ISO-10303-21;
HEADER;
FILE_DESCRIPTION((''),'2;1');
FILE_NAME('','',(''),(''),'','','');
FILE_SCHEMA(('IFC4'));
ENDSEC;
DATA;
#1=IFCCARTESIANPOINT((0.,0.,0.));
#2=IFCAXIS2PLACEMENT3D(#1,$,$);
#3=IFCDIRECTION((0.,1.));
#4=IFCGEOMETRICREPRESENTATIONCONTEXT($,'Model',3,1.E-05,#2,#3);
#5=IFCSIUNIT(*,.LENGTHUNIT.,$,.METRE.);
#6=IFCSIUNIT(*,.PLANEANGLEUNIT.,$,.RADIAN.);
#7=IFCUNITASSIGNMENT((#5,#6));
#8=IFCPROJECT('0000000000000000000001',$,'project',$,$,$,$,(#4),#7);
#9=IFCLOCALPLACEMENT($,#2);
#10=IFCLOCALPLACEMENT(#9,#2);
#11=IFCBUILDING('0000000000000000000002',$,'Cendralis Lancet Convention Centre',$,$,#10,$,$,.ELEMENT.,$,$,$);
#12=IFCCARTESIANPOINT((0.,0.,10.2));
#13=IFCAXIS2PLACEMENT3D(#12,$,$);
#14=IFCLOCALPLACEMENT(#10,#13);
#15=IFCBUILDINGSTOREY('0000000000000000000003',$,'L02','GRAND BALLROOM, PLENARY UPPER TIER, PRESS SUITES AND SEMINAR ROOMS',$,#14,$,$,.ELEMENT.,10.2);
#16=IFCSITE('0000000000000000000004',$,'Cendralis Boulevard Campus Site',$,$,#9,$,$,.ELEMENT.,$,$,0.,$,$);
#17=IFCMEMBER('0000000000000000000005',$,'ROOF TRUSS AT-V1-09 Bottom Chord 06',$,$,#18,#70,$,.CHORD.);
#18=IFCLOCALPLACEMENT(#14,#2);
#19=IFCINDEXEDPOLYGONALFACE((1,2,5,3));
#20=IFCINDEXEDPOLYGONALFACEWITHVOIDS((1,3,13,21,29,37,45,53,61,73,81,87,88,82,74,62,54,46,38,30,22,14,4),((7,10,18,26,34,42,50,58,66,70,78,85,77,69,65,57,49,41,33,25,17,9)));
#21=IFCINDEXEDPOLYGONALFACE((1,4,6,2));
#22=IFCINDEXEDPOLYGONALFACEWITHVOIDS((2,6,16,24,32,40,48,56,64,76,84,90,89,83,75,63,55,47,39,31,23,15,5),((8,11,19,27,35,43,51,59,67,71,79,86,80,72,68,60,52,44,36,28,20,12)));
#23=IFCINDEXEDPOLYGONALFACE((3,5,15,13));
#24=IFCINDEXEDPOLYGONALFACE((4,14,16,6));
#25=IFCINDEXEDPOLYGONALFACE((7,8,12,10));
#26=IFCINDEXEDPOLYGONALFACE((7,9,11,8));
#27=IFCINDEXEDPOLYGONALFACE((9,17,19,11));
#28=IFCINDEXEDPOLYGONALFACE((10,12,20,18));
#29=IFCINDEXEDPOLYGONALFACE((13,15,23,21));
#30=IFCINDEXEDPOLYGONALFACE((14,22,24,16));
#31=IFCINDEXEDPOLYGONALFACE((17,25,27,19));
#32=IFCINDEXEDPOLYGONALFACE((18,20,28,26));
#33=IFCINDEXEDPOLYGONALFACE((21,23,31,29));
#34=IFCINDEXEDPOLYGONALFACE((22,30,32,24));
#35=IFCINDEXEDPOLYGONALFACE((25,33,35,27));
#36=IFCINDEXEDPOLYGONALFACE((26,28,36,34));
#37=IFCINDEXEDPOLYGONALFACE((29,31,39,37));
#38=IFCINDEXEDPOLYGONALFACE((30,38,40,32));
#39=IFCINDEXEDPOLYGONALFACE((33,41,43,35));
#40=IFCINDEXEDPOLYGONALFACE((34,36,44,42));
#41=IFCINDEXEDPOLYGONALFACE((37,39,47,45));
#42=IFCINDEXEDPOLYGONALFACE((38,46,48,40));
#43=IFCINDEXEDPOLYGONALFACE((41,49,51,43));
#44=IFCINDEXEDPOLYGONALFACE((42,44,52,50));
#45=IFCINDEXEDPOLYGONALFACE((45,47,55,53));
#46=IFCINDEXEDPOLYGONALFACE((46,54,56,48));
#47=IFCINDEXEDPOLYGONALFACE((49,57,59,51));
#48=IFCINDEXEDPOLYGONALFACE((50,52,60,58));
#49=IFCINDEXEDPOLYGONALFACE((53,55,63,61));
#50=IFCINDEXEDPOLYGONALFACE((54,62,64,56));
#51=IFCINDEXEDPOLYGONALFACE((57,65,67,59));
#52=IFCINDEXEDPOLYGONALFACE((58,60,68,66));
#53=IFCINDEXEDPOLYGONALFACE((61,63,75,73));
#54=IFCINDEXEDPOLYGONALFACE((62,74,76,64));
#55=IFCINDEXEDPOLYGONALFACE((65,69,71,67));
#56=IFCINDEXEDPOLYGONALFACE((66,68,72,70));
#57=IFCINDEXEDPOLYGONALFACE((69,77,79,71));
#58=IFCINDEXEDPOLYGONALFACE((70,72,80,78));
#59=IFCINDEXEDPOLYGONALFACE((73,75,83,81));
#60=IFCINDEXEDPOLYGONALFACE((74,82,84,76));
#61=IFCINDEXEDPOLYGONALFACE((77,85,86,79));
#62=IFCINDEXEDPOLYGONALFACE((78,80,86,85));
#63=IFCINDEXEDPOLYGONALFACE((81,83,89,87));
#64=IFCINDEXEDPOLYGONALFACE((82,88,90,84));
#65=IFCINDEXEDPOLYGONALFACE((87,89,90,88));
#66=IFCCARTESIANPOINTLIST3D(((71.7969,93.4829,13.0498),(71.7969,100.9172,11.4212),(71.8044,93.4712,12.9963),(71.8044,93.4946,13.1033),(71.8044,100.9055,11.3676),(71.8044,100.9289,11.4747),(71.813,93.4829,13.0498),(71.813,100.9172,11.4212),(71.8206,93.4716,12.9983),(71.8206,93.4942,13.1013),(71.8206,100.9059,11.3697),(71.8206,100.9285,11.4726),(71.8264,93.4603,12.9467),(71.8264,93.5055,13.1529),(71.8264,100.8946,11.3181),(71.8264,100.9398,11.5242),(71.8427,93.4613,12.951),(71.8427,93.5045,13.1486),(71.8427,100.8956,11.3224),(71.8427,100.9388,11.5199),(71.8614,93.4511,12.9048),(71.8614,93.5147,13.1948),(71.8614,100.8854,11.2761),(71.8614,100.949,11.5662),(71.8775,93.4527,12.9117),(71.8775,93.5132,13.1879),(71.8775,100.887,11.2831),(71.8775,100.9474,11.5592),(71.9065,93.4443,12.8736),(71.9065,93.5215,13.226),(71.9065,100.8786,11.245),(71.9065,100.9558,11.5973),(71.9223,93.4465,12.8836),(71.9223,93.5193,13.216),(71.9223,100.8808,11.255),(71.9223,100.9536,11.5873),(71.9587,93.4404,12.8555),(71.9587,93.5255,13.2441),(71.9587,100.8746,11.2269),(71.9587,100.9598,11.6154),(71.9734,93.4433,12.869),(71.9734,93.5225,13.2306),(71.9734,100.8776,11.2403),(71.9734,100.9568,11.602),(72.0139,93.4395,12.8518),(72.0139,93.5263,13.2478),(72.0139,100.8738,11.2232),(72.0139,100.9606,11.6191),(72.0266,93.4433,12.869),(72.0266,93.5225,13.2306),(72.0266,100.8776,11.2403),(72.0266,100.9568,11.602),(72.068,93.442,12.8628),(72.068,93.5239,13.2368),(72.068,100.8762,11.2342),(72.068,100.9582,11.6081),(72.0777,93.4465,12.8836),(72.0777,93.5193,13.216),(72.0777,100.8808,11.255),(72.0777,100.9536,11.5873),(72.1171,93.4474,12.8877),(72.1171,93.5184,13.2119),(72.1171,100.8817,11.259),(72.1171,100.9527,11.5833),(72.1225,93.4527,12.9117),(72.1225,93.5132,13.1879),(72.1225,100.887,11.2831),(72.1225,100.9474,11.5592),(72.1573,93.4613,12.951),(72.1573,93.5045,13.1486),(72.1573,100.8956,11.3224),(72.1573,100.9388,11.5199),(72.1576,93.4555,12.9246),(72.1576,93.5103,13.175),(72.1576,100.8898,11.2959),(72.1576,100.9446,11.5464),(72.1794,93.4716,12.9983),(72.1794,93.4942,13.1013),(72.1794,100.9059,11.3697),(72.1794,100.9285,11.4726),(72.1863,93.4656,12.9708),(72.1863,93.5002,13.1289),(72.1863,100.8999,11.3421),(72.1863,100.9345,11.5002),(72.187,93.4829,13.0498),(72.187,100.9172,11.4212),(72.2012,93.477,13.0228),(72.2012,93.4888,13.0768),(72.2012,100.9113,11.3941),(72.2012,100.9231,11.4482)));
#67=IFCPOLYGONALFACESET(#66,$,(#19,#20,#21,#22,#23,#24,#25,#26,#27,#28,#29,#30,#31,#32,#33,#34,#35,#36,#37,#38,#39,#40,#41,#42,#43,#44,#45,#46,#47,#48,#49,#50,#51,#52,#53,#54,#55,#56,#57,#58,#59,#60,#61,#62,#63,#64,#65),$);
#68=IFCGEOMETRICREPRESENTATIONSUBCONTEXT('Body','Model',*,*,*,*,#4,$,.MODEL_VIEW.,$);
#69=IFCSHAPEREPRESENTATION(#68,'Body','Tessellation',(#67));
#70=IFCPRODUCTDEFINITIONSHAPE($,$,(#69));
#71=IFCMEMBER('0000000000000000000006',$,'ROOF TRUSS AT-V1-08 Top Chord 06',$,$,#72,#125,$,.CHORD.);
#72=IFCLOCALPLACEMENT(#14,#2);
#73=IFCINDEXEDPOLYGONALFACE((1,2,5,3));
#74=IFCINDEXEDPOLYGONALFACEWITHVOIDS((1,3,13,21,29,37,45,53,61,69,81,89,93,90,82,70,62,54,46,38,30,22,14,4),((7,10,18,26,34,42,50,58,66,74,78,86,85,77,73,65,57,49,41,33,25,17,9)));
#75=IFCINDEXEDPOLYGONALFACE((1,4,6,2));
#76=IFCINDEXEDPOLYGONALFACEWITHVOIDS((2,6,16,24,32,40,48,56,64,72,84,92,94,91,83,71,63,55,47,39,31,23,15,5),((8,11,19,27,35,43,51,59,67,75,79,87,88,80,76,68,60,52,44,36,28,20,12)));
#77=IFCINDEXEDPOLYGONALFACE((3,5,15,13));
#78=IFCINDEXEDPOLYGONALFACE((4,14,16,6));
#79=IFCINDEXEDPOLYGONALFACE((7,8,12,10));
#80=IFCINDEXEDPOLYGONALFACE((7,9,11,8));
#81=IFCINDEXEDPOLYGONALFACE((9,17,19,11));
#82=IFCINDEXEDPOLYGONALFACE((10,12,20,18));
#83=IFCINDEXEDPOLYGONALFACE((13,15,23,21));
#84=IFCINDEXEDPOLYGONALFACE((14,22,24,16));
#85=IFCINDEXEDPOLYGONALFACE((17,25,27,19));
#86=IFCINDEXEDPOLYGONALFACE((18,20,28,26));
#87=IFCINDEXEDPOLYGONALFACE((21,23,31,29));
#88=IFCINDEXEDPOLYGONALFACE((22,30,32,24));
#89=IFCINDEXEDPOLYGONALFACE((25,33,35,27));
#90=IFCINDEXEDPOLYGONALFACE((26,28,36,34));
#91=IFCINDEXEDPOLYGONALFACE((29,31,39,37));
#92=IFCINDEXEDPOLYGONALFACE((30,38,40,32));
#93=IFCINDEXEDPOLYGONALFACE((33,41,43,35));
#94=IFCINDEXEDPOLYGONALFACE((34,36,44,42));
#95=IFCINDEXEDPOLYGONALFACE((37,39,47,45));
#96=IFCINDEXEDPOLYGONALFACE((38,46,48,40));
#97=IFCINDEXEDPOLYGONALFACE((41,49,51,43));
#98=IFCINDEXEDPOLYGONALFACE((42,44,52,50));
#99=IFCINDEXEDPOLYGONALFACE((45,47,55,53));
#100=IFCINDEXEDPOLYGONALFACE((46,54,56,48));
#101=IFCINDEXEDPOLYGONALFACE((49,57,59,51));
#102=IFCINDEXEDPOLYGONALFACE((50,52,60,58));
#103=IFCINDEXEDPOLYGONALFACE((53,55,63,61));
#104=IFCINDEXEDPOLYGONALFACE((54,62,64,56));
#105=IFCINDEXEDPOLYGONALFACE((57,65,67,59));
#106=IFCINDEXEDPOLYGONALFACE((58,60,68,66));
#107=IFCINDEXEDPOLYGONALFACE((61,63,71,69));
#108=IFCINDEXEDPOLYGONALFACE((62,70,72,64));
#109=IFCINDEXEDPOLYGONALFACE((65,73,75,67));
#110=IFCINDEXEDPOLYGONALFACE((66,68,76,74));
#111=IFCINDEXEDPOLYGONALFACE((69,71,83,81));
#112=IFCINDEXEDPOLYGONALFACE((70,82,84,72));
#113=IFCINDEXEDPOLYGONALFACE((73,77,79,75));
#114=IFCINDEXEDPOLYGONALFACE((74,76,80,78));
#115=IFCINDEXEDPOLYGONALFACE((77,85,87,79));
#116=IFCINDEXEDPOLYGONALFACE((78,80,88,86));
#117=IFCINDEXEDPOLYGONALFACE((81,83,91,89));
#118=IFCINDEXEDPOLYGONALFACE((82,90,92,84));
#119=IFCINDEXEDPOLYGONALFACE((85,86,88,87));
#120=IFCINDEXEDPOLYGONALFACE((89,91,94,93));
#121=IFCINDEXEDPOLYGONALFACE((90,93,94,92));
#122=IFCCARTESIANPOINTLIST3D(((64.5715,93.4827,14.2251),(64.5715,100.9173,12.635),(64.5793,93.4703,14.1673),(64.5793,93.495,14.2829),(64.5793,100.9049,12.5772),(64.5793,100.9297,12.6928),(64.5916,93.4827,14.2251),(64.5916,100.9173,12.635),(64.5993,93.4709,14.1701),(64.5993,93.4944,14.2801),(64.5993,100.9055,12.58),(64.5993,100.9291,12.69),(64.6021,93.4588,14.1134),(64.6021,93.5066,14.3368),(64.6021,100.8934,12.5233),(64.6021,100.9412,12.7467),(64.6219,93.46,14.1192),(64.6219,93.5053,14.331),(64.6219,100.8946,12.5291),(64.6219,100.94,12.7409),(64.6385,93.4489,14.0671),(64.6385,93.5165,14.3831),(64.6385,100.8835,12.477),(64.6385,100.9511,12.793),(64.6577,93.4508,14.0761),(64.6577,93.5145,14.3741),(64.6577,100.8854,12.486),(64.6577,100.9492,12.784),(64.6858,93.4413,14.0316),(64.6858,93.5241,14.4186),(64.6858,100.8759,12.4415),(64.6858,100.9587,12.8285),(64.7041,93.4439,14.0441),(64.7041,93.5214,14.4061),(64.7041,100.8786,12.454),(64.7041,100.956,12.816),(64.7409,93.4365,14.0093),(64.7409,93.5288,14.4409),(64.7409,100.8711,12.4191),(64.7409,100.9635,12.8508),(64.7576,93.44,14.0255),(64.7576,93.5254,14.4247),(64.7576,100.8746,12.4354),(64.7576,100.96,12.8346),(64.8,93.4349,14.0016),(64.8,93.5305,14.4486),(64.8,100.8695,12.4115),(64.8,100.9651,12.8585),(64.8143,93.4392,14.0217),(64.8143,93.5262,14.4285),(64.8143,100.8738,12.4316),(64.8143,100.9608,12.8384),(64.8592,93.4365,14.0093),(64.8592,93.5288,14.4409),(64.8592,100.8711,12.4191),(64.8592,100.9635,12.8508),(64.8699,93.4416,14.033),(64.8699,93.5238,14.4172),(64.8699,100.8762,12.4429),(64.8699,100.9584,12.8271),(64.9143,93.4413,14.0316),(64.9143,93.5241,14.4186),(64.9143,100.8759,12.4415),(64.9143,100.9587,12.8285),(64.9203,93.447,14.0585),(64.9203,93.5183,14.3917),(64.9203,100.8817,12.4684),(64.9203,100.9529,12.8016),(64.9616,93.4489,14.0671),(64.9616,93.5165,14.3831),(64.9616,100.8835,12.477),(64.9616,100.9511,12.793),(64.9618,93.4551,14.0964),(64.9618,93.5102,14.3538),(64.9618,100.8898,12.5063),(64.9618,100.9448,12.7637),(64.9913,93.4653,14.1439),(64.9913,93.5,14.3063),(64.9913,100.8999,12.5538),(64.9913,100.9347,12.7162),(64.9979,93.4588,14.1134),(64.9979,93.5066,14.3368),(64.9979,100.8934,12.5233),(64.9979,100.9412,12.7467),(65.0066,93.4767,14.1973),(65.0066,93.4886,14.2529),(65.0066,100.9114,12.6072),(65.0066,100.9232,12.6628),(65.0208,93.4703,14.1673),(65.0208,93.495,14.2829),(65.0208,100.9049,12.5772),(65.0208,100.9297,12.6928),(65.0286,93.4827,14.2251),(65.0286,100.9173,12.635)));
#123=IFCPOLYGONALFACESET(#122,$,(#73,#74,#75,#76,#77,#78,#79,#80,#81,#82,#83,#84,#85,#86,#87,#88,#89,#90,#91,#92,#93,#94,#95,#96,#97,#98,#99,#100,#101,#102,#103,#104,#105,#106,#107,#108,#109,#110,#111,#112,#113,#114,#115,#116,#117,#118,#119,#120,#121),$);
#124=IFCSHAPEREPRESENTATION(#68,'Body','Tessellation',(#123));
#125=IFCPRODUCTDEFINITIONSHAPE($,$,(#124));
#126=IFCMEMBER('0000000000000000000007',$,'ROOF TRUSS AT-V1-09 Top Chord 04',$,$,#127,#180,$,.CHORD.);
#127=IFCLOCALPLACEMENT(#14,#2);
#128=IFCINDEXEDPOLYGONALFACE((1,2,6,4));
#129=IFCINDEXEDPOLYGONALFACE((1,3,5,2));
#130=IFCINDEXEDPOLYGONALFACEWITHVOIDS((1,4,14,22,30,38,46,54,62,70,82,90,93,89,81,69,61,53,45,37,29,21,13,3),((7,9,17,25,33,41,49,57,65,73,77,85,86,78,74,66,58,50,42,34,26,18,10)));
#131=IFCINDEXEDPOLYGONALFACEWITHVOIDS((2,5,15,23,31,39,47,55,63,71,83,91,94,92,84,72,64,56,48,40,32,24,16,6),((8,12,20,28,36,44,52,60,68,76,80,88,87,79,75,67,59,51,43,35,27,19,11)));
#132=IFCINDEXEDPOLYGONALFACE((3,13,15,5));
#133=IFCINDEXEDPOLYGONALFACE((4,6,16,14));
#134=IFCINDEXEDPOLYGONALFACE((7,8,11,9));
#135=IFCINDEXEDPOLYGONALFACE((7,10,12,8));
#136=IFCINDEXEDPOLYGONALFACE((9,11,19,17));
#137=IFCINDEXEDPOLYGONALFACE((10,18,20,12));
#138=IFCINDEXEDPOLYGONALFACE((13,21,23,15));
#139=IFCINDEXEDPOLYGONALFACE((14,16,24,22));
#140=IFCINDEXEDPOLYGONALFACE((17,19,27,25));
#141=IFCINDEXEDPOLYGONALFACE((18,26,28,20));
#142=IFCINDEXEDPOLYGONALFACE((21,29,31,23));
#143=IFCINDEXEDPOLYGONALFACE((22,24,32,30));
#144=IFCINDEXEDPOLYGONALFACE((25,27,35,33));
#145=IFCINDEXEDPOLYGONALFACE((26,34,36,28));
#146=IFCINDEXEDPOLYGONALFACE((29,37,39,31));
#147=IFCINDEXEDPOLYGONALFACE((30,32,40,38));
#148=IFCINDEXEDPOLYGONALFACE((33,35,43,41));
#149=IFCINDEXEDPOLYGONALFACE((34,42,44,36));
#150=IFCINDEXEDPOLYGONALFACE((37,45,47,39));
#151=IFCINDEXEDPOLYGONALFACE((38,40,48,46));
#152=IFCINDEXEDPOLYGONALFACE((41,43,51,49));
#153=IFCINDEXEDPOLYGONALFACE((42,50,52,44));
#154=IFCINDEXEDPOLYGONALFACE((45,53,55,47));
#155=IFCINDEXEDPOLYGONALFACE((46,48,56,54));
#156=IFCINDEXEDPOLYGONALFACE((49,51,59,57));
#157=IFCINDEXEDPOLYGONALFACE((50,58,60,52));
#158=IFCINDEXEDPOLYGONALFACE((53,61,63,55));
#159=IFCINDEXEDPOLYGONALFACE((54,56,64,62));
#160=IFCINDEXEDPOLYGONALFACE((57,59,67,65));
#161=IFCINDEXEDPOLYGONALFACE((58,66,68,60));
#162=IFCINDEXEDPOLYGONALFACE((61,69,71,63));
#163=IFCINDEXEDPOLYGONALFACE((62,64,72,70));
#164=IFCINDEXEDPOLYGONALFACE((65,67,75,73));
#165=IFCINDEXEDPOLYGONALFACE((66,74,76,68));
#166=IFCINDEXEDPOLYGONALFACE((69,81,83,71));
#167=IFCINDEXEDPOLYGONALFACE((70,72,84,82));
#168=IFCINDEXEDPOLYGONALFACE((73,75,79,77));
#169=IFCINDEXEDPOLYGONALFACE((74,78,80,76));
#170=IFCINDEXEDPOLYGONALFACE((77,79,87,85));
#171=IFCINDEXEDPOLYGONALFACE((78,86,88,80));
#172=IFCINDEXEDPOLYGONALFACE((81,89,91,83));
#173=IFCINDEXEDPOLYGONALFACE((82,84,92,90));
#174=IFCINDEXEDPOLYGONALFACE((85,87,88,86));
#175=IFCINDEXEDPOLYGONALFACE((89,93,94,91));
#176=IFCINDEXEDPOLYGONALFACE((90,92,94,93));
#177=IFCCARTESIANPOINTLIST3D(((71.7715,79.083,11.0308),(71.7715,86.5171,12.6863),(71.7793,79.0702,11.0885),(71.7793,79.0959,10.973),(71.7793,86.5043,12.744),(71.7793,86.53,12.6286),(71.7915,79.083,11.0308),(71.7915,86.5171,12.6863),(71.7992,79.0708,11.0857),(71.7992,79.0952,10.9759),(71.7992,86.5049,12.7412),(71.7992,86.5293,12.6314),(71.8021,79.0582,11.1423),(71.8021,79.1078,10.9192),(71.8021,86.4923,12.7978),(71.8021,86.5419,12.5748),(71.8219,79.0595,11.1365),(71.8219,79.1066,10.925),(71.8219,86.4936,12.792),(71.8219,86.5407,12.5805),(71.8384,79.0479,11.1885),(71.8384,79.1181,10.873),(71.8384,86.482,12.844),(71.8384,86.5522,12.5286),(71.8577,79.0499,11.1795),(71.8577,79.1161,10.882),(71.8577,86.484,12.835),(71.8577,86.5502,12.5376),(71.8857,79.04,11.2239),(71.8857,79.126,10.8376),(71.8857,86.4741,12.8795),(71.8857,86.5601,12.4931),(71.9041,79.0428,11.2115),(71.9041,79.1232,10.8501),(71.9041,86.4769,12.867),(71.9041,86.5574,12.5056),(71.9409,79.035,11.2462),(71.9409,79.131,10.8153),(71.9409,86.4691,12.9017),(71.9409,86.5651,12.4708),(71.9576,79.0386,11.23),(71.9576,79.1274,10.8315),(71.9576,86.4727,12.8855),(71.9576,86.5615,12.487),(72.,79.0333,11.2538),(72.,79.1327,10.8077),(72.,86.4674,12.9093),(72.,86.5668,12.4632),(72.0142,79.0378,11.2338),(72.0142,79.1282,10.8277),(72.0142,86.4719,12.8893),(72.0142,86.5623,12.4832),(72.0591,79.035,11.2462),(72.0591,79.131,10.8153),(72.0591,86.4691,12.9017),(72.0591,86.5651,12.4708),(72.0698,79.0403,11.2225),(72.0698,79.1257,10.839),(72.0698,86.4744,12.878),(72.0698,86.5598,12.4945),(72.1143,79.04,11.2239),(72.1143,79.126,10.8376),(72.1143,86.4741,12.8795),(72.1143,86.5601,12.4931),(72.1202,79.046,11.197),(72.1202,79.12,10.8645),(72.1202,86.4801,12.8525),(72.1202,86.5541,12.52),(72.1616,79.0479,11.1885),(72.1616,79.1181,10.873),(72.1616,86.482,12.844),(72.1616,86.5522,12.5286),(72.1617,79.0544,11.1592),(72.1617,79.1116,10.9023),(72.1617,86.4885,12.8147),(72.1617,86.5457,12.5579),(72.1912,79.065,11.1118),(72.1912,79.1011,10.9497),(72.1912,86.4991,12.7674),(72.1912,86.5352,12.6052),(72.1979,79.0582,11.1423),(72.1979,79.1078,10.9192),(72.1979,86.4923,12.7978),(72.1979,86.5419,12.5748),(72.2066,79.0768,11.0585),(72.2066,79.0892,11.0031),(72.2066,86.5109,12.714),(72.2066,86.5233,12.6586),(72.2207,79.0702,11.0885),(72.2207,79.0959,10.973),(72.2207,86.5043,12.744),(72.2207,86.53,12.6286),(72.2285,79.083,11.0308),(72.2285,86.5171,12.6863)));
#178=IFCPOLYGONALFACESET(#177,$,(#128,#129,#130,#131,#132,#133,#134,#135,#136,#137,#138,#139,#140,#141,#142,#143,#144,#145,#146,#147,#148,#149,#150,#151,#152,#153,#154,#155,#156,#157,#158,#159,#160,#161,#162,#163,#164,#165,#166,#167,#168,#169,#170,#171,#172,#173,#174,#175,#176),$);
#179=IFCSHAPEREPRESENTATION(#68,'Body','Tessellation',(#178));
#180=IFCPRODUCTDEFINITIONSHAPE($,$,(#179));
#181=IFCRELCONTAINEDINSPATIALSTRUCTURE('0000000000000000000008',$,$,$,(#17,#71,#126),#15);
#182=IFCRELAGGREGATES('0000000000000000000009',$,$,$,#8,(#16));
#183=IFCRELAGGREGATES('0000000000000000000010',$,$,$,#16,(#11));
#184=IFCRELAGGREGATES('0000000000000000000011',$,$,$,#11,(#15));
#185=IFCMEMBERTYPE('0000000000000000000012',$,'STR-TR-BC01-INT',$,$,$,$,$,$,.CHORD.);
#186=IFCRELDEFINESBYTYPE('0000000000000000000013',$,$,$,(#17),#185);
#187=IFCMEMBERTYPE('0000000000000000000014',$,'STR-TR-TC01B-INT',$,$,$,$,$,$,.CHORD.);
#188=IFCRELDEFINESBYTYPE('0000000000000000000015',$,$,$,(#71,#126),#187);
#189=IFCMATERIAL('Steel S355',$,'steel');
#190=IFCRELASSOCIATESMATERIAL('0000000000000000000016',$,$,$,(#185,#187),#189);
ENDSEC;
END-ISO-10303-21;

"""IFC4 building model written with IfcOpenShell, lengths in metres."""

from ifc_helpers import new_model, si_unit, direction, frame, origin, origin_2d, place, context, subcontext, project, spatial, hollow_circle, extrude, material, material_profile, profile_set, type_object, element, save


model = new_model("IFC4")

# Units and contexts
model_context = context("Model", 3, precision=1e-05, world=origin(), true_north=direction((0.0, 1.0)))
body_context = subcontext(model_context, "Body", "Model", "MODEL_VIEW")
ifc_project = project(units=[si_unit("LENGTHUNIT", "METRE"), si_unit("PLANEANGLEUNIT", "RADIAN")], contexts=[model_context])

# Site, building, storey
site_placement = place(None, origin())
site = spatial("IfcSite", under=ifc_project, at=site_placement, Name="Cendralis Boulevard Campus Site", CompositionType="ELEMENT", RefElevation=0.0)
building_placement = place(site_placement, origin())
building = spatial("IfcBuilding", under=site, at=building_placement, Name="Cendralis Lancet Convention Centre", CompositionType="ELEMENT")
storey_placement = place(building_placement, frame((0.0, 0.0, 10.2)))
storey = spatial("IfcBuildingStorey", under=building, at=storey_placement, Name="L02", Description="GRAND BALLROOM, PLENARY UPPER TIER, PRESS SUITES AND SEMINAR ROOMS", CompositionType="ELEMENT", Elevation=10.2)

# Members
ifc_material = material(Name="Steel S355", Category="steel")
ifc_material_profile_1 = material_profile(ifc_material, hollow_circle(Radius=0.2031, WallThickness=0.0161, at=origin_2d()), Name="CHS 406.4x16.0")
ifc_profile_set_1 = profile_set([ifc_material_profile_1], Name="Steel S355")
member_type_1 = type_object("IfcMemberType", Name="STR-TR-BC01-INT", PredefinedType="CHORD", material=ifc_profile_set_1)
member_1_placement = place(storey_placement, frame((72.0, 93.4829, 13.0498), z_axis=(0.0, 0.976834, -0.213998), x_axis=(-1.0, 0.0, 0.0)))
element("IfcMember", 1, at=member_1_placement, inside=storey, type_object=member_type_1, Name="ROOF TRUSS AT-V1-09 Bottom Chord 06", PredefinedType="CHORD", context=body_context, shape_type="SweptSolid", body=[
    extrude(hollow_circle(Radius=0.2031, WallThickness=0.0161, at=origin_2d()), origin(), (0.0, 0.0, 1.0), 7.6106),
])
ifc_material_profile_2 = material_profile(ifc_material, hollow_circle(Radius=0.2285, WallThickness=0.02, at=origin_2d()), Name="CHS 457.0x20.0")
ifc_profile_set_2 = profile_set([ifc_material_profile_2], Name="Steel S355")
member_type_2 = type_object("IfcMemberType", Name="STR-TR-TC01B-INT", PredefinedType="CHORD", material=ifc_profile_set_2)
member_2_placement = place(storey_placement, frame((64.8, 93.4827, 14.2251), z_axis=(0.0, 0.977884, -0.209147), x_axis=(-1.0, 0.0, 0.0)))
element("IfcMember", 2, at=member_2_placement, inside=storey, type_object=member_type_2, Name="ROOF TRUSS AT-V1-08 Top Chord 06", PredefinedType="CHORD", context=body_context, shape_type="SweptSolid", body=[
    extrude(hollow_circle(Radius=0.2285, WallThickness=0.02, at=origin_2d()), origin(), (0.0, 0.0, 1.0), 7.6028),
])
member_3_placement = place(storey_placement, frame((72.0, 79.083, 11.0308), z_axis=(0.0, 0.97609, 0.217368), x_axis=(-1.0, 0.0, 0.0)))
element("IfcMember", 3, at=member_3_placement, inside=storey, type_object=member_type_2, Name="ROOF TRUSS AT-V1-09 Top Chord 04", PredefinedType="CHORD", context=body_context, shape_type="SweptSolid", body=[
    extrude(hollow_circle(Radius=0.2285, WallThickness=0.02, at=origin_2d()), origin(), (0.0, 0.0, 1.0), 7.6162),
])

save(model, "model.ifc")
